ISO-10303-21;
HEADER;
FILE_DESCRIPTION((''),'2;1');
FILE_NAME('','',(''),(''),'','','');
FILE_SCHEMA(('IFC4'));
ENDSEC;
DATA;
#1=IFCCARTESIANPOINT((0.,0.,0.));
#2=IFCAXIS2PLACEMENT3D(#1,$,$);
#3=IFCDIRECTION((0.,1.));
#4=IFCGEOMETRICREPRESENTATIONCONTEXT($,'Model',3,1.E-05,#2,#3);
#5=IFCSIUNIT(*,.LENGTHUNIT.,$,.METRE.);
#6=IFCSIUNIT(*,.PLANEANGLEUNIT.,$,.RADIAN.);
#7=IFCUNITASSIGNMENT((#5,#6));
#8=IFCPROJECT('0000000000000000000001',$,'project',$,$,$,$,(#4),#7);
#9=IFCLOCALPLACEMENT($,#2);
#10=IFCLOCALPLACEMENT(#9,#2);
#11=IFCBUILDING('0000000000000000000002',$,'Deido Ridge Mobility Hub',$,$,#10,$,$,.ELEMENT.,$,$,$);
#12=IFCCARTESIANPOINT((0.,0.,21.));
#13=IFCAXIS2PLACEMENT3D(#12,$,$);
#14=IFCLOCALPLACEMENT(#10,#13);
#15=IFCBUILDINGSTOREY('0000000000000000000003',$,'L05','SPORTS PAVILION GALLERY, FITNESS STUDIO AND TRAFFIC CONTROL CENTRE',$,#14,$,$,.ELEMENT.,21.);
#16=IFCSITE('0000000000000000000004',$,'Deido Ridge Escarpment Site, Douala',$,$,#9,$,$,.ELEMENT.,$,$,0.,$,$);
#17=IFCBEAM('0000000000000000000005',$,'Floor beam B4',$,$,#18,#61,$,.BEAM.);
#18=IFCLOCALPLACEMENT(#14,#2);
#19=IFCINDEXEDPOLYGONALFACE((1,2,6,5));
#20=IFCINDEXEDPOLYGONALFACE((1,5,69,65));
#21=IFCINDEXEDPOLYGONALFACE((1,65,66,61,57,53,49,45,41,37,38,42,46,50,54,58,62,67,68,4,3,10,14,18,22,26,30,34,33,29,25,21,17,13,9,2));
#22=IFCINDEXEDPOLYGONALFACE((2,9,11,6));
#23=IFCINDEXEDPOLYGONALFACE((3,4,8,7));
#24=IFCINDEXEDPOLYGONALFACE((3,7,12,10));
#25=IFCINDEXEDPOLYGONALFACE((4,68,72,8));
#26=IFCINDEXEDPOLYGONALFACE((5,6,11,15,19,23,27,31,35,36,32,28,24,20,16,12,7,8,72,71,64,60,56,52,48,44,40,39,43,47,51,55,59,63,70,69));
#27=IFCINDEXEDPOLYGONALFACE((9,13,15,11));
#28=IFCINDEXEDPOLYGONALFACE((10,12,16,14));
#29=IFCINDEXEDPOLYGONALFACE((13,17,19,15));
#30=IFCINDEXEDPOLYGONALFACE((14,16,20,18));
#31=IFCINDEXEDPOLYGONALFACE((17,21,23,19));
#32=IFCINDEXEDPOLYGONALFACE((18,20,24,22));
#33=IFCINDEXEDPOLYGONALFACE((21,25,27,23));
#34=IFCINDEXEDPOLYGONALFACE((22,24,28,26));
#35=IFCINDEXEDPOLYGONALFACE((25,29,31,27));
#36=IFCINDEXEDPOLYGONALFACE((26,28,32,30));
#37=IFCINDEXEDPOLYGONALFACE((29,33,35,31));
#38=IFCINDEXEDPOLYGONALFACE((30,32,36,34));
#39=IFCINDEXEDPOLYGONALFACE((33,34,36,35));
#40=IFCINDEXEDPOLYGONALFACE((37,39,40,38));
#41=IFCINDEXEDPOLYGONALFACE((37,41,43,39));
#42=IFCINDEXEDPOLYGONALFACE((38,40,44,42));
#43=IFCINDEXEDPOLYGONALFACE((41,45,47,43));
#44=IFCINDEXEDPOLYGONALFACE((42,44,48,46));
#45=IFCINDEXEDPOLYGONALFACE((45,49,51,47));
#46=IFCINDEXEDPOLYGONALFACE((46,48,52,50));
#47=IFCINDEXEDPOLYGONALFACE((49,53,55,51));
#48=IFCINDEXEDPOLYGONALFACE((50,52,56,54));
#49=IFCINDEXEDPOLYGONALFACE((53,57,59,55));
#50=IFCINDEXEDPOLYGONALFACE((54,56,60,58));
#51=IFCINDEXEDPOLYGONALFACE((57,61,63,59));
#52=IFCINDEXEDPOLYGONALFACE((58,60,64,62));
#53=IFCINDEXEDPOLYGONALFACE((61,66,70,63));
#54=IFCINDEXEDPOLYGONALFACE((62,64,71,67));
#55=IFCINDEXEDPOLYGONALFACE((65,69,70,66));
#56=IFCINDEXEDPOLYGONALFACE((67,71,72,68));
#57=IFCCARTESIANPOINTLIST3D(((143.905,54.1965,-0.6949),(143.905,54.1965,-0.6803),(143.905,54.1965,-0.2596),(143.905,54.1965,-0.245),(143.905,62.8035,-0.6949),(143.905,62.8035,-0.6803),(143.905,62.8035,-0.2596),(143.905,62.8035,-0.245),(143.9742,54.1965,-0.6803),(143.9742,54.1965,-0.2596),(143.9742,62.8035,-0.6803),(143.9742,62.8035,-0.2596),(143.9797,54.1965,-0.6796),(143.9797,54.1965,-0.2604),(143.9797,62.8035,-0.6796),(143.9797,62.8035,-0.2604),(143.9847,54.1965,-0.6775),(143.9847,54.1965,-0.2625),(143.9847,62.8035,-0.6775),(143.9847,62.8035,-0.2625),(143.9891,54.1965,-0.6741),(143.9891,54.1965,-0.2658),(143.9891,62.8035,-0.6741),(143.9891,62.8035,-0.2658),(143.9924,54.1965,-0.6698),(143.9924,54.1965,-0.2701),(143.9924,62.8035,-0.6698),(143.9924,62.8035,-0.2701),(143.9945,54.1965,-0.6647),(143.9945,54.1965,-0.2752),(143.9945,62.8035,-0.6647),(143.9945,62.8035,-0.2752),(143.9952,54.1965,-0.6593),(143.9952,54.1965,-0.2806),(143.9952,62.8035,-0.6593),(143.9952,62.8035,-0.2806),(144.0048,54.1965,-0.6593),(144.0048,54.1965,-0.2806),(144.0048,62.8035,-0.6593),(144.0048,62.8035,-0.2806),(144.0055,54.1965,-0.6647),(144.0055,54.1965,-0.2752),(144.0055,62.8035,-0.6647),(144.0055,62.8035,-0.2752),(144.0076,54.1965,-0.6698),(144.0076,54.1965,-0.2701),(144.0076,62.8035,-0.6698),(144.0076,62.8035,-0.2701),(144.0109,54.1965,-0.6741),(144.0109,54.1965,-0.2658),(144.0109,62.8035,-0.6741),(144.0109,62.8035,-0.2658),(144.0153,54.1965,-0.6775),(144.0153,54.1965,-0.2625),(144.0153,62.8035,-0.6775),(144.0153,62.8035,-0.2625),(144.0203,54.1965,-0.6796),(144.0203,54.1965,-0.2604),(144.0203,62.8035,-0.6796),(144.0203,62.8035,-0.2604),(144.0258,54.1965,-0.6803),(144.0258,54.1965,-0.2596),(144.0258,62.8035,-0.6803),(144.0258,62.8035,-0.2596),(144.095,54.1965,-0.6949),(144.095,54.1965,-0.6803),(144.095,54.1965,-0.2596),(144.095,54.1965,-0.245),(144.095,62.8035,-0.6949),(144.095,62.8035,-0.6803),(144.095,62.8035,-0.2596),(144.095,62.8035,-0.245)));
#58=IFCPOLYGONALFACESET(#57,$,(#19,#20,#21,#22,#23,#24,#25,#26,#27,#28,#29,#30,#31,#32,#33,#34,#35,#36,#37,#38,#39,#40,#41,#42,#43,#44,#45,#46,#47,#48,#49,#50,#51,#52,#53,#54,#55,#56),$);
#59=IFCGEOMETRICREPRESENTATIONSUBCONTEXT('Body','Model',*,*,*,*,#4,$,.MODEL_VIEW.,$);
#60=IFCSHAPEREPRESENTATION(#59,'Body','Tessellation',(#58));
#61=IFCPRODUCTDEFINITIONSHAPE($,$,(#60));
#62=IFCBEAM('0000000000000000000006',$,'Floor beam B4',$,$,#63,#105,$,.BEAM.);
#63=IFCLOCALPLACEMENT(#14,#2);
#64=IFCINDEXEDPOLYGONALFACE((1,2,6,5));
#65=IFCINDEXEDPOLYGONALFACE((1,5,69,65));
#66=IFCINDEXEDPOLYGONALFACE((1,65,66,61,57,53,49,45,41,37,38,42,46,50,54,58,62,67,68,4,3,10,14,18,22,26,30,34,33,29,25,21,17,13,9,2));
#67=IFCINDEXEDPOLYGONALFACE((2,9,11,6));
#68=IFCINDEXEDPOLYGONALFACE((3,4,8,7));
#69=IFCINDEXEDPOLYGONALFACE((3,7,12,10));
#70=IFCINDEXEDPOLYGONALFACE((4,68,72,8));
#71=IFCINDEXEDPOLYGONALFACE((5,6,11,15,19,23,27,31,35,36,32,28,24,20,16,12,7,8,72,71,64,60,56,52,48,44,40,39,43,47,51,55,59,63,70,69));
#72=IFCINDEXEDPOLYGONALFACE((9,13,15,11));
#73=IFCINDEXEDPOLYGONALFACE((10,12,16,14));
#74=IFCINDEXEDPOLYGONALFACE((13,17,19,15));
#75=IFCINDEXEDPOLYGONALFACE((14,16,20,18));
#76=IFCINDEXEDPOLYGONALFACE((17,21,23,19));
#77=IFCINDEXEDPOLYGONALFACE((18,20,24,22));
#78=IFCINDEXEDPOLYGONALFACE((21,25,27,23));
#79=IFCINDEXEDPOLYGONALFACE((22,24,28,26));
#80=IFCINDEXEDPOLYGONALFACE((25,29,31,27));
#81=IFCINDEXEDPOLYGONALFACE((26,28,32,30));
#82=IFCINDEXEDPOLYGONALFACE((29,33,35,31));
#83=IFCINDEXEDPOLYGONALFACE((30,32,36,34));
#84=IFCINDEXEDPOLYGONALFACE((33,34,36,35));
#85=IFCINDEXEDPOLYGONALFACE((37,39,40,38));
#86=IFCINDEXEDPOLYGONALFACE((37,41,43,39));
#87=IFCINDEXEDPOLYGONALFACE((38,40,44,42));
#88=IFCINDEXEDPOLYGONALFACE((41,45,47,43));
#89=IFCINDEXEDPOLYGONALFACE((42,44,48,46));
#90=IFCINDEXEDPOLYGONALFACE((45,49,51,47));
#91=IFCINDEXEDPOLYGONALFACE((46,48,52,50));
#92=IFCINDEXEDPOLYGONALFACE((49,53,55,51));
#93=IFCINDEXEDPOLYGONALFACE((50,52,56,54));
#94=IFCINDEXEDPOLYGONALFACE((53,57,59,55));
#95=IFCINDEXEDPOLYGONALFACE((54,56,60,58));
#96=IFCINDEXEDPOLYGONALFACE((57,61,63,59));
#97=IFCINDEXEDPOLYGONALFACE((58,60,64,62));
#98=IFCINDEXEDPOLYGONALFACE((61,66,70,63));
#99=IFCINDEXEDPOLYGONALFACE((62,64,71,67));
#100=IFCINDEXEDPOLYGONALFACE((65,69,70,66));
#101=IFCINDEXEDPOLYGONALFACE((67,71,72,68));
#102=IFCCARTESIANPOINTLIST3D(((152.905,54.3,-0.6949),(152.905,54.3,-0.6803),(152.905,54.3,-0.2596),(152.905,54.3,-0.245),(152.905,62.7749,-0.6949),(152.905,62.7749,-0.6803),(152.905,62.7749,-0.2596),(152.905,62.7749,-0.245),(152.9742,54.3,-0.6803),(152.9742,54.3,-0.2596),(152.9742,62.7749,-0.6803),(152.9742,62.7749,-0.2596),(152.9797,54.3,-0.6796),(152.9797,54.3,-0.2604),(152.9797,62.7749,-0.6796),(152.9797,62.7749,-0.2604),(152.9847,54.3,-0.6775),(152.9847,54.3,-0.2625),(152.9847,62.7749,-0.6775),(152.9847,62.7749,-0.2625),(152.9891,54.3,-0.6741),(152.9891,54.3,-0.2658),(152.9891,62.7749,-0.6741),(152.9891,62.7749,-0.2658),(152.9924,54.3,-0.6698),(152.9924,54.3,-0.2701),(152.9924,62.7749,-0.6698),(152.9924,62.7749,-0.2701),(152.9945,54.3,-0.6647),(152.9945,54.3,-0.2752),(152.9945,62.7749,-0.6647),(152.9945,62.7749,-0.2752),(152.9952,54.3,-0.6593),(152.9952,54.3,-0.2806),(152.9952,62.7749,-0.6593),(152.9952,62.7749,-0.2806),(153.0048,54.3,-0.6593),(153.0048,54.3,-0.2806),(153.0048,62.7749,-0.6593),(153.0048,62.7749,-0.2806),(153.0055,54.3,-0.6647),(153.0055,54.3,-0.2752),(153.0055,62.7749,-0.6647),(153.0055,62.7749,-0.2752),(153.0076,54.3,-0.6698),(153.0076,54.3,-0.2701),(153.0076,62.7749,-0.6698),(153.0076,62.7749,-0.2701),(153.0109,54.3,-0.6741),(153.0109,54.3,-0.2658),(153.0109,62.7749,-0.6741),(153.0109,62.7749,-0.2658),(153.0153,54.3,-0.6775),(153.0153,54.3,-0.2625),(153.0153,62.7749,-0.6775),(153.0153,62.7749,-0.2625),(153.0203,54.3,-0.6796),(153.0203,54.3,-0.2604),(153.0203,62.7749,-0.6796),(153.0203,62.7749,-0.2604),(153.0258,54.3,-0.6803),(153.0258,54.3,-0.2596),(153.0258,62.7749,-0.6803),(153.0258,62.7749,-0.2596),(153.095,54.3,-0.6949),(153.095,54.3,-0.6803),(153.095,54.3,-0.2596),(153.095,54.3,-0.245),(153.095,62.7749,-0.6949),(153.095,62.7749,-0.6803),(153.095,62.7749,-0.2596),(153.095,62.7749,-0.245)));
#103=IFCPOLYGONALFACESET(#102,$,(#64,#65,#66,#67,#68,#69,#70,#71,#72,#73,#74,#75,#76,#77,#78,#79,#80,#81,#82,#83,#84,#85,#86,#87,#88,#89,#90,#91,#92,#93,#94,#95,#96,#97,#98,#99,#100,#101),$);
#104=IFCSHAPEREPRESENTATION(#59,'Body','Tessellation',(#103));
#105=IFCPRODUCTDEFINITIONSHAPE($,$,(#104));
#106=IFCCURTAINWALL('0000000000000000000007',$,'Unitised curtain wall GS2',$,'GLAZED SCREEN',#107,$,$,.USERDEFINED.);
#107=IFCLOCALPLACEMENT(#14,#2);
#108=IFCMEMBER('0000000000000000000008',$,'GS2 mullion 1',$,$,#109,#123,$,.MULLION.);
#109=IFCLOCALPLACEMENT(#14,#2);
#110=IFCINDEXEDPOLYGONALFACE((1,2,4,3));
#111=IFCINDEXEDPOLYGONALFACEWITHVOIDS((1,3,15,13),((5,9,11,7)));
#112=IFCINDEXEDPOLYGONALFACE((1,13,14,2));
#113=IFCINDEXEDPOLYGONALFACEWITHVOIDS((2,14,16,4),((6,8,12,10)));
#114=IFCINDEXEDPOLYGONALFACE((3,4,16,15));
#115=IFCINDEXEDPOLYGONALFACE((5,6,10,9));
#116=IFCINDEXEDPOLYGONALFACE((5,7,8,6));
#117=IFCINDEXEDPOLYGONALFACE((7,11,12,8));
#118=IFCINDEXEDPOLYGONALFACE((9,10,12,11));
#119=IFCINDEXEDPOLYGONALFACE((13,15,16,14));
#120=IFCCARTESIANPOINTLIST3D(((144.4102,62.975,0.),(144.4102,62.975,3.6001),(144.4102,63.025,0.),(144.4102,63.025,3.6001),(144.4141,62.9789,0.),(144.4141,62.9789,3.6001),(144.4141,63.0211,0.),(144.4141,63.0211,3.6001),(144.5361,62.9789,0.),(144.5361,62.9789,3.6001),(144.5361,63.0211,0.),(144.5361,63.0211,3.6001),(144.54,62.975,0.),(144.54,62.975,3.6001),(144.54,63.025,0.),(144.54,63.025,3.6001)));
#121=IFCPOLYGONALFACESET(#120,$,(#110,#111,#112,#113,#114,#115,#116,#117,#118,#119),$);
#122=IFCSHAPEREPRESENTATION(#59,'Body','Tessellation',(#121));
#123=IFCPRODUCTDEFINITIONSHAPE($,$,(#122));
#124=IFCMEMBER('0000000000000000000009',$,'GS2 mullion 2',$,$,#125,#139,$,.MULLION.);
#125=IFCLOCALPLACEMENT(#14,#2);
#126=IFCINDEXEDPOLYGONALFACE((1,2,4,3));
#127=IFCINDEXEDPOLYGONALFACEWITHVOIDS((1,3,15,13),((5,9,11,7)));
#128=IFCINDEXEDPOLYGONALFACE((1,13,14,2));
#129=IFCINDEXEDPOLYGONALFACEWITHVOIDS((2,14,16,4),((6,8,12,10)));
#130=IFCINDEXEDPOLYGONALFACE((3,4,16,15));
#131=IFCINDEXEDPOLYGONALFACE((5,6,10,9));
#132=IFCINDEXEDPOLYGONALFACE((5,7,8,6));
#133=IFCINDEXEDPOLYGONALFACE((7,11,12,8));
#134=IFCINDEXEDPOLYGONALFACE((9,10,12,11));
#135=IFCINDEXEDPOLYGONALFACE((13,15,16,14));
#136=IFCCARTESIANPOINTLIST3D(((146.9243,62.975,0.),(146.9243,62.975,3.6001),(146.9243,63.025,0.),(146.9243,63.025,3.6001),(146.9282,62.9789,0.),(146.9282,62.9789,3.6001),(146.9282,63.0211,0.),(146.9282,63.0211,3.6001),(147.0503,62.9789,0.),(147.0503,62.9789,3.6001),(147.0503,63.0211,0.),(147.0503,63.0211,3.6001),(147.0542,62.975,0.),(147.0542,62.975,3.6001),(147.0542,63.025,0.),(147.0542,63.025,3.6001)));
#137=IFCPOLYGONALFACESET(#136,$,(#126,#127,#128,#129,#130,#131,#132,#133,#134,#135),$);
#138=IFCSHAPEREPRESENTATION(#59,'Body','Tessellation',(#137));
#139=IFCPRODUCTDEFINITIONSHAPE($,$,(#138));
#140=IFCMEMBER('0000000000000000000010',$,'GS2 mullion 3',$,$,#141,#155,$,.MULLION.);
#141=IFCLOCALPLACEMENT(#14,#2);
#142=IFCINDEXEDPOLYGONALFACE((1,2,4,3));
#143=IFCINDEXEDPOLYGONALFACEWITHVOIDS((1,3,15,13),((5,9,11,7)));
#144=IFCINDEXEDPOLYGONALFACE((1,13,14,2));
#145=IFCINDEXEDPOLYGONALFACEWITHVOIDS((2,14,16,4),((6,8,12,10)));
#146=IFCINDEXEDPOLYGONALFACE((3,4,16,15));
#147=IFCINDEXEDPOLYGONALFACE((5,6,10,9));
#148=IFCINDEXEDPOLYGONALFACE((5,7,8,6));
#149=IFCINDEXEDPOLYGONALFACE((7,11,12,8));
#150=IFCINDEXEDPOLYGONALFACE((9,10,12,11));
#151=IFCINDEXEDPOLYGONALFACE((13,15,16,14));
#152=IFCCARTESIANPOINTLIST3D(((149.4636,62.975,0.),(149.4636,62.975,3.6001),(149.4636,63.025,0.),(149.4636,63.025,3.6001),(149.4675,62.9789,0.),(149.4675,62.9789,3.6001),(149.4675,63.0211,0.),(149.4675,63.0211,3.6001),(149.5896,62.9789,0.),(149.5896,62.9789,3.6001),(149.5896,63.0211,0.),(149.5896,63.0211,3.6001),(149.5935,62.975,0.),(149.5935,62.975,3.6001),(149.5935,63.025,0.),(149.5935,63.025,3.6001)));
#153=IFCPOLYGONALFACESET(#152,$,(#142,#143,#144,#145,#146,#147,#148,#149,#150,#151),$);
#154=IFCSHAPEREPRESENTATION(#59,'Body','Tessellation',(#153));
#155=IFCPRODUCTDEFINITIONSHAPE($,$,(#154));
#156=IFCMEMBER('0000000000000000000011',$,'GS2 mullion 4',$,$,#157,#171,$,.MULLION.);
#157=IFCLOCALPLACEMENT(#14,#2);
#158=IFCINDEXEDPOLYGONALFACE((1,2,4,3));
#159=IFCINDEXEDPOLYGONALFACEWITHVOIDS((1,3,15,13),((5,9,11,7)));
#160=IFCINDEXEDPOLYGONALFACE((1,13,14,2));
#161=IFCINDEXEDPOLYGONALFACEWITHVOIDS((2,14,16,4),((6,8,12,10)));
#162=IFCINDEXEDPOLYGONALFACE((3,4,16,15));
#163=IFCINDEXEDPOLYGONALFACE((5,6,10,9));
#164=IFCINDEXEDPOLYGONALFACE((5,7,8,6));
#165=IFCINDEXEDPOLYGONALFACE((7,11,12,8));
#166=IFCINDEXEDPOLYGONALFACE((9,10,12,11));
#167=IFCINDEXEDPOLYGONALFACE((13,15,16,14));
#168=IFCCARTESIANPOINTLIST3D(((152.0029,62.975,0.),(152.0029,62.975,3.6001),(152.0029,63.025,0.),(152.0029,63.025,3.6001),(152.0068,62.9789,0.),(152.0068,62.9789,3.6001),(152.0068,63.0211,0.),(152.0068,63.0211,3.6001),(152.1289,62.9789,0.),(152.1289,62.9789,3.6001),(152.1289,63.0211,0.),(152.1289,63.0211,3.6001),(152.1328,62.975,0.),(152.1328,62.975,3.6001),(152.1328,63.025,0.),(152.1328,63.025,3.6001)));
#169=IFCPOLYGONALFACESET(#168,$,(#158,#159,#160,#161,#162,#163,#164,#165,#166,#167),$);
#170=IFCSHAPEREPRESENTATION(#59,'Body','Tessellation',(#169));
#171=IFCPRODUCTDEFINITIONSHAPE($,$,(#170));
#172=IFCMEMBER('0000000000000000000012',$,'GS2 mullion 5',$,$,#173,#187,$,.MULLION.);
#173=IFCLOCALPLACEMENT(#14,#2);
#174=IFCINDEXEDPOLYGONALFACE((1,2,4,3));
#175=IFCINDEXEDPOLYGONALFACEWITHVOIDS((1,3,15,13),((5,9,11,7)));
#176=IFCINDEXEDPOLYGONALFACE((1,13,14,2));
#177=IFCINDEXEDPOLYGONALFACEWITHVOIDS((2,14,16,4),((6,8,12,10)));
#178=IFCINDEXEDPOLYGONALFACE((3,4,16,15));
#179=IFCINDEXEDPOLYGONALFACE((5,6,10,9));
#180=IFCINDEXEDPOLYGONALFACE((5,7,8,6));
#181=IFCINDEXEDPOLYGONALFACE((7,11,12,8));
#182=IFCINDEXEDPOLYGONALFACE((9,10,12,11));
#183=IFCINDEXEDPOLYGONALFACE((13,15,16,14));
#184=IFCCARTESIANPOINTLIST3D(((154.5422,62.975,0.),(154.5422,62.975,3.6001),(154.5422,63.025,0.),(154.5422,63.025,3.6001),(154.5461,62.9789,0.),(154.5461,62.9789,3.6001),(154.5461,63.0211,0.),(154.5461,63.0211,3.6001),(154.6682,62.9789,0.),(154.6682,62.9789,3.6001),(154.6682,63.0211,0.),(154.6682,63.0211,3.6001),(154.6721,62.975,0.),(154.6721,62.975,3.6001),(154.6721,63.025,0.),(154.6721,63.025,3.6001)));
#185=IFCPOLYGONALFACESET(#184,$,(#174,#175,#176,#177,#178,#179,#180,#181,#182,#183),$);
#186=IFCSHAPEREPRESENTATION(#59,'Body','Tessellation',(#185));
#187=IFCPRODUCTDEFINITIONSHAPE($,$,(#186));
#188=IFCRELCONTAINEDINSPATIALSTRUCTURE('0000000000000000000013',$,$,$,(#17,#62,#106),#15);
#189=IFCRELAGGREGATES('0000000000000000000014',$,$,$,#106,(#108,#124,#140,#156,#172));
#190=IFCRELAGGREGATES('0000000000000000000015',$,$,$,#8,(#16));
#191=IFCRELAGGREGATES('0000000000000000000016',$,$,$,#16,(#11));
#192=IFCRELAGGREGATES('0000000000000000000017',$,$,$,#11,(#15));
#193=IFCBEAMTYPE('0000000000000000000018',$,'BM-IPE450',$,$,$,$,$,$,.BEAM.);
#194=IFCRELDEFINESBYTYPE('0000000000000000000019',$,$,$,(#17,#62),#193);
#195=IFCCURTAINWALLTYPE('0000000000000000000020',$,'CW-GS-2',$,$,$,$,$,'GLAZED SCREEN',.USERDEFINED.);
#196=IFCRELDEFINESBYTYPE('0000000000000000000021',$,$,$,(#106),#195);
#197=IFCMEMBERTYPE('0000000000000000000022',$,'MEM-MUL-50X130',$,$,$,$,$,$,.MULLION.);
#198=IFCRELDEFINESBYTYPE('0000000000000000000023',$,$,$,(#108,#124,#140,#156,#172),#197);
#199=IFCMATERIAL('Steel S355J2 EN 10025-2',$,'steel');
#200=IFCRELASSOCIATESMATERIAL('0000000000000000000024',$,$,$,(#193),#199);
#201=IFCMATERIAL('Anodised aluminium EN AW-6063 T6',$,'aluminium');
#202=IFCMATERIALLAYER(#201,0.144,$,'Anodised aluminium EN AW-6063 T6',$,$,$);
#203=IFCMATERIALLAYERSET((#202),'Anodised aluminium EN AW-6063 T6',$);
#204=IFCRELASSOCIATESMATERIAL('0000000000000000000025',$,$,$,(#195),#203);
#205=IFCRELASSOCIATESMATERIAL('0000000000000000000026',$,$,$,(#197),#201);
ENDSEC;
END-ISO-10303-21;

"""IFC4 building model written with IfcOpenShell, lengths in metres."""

from ifc_helpers import new_model, si_unit, direction, frame, origin, origin_2d, place, context, subcontext, project, spatial, hollow_rectangle, i_section, extrude, material, layer, layer_set, material_profile, profile_set, type_object, element, aggregate, save


model = new_model("IFC4")

# Units and contexts
model_context = context("Model", 3, precision=1e-05, world=origin(), true_north=direction((0.0, 1.0)))
body_context = subcontext(model_context, "Body", "Model", "MODEL_VIEW")
ifc_project = project(units=[si_unit("LENGTHUNIT", "METRE"), si_unit("PLANEANGLEUNIT", "RADIAN")], contexts=[model_context])

# Site, building, storey
site_placement = place(None, origin())
site = spatial("IfcSite", under=ifc_project, at=site_placement, Name="Deido Ridge Escarpment Site, Douala", CompositionType="ELEMENT", RefElevation=0.0)
building_placement = place(site_placement, origin())
building = spatial("IfcBuilding", under=site, at=building_placement, Name="Deido Ridge Mobility Hub", CompositionType="ELEMENT")
storey_placement = place(building_placement, frame((0.0, 0.0, 21.0)))
storey = spatial("IfcBuildingStorey", under=building, at=storey_placement, Name="L05", Description="SPORTS PAVILION GALLERY, FITNESS STUDIO AND TRAFFIC CONTROL CENTRE", CompositionType="ELEMENT", Elevation=21.0)

# Beams
ifc_material_1 = material(Name="Steel S355J2 EN 10025-2", Category="steel")
ifc_material_profile_1 = material_profile(ifc_material_1, i_section(OverallWidth=0.1899, OverallDepth=0.45, WebThickness=0.0095, FlangeThickness=0.0146, FilletRadius=0.021, at=origin_2d()), Name="IPE 450")
ifc_profile_set_1 = profile_set([ifc_material_profile_1], Name="Steel S355J2 EN 10025-2")
beam_type_1 = type_object("IfcBeamType", Name="BM-IPE450", PredefinedType="BEAM", material=ifc_profile_set_1)
beam_1_placement = place(storey_placement, frame((144.0, 54.1965, -0.47), z_axis=(0.0, 1.0, 0.0), x_axis=(-1.0, 0.0, 0.0)))
element("IfcBeam", 1, at=beam_1_placement, inside=storey, type_object=beam_type_1, Name="Floor beam B4", PredefinedType="BEAM", context=body_context, shape_type="SweptSolid", body=[
    extrude(i_section(OverallWidth=0.1899, OverallDepth=0.45, WebThickness=0.0095, FlangeThickness=0.0146, FilletRadius=0.021, at=origin_2d()), origin(), (0.0, 0.0, 1.0), 8.6069),
])
beam_2_placement = place(storey_placement, frame((153.0, 54.3, -0.47), z_axis=(0.0, 1.0, 0.0), x_axis=(-1.0, 0.0, 0.0)))
element("IfcBeam", 2, at=beam_2_placement, inside=storey, type_object=beam_type_1, Name="Floor beam B4", PredefinedType="BEAM", context=body_context, shape_type="SweptSolid", body=[
    extrude(i_section(OverallWidth=0.1899, OverallDepth=0.45, WebThickness=0.0095, FlangeThickness=0.0146, FilletRadius=0.021, at=origin_2d()), origin(), (0.0, 0.0, 1.0), 8.4749),
])

# Curtain wall, members
ifc_material_2 = material(Name="Anodised aluminium EN AW-6063 T6", Category="aluminium")
ifc_layer_1 = layer(ifc_material_2, 0.144, Name="Anodised aluminium EN AW-6063 T6")
ifc_layer_set_1 = layer_set([ifc_layer_1], Name="Anodised aluminium EN AW-6063 T6")
curtain_wall_type = type_object("IfcCurtainWallType", Name="CW-GS-2", ElementType="GLAZED SCREEN", PredefinedType="USERDEFINED", material=ifc_layer_set_1)
curtain_wall_placement = place(storey_placement, origin())
curtain_wall = element("IfcCurtainWall", 3, at=curtain_wall_placement, inside=storey, type_object=curtain_wall_type, Name="Unitised curtain wall GS2", ObjectType="GLAZED SCREEN", PredefinedType="USERDEFINED")
ifc_material_profile_2 = material_profile(ifc_material_2, hollow_rectangle(XDim=0.05, YDim=0.1299, WallThickness=0.0039, at=origin_2d()), Name="RHS 50x130x4")
ifc_profile_set_2 = profile_set([ifc_material_profile_2], Name="Anodised aluminium EN AW-6063 T6")
member_type_1 = type_object("IfcMemberType", Name="MEM-MUL-50X130", PredefinedType="MULLION", material=ifc_profile_set_2)
member_1_placement = place(storey_placement, frame((144.4751, 63.0, 0.0), z_axis=(0.0, 0.0, 1.0), x_axis=(0.0, 1.0, 0.0)))
member_1 = element("IfcMember", 4, at=member_1_placement, type_object=member_type_1, Name="GS2 mullion 1", PredefinedType="MULLION", context=body_context, shape_type="SweptSolid", body=[
    extrude(hollow_rectangle(XDim=0.05, YDim=0.1299, WallThickness=0.0039, at=origin_2d()), origin(), (0.0, 0.0, 1.0), 3.6001),
])
member_2_placement = place(storey_placement, frame((146.9893, 63.0, 0.0), z_axis=(0.0, 0.0, 1.0), x_axis=(0.0, 1.0, 0.0)))
member_2 = element("IfcMember", 5, at=member_2_placement, type_object=member_type_1, Name="GS2 mullion 2", PredefinedType="MULLION", context=body_context, shape_type="SweptSolid", body=[
    extrude(hollow_rectangle(XDim=0.05, YDim=0.1299, WallThickness=0.0039, at=origin_2d()), origin(), (0.0, 0.0, 1.0), 3.6001),
])
member_3_placement = place(storey_placement, frame((149.5286, 63.0, 0.0), z_axis=(0.0, 0.0, 1.0), x_axis=(0.0, 1.0, 0.0)))
member_3 = element("IfcMember", 6, at=member_3_placement, type_object=member_type_1, Name="GS2 mullion 3", PredefinedType="MULLION", context=body_context, shape_type="SweptSolid", body=[
    extrude(hollow_rectangle(XDim=0.05, YDim=0.1299, WallThickness=0.0039, at=origin_2d()), origin(), (0.0, 0.0, 1.0), 3.6001),
])
member_4_placement = place(storey_placement, frame((152.0679, 63.0, 0.0), z_axis=(0.0, 0.0, 1.0), x_axis=(0.0, 1.0, 0.0)))
member_4 = element("IfcMember", 7, at=member_4_placement, type_object=member_type_1, Name="GS2 mullion 4", PredefinedType="MULLION", context=body_context, shape_type="SweptSolid", body=[
    extrude(hollow_rectangle(XDim=0.05, YDim=0.1299, WallThickness=0.0039, at=origin_2d()), origin(), (0.0, 0.0, 1.0), 3.6001),
])
member_5_placement = place(storey_placement, frame((154.6072, 63.0, 0.0), z_axis=(0.0, 0.0, 1.0), x_axis=(0.0, 1.0, 0.0)))
member_5 = element("IfcMember", 8, at=member_5_placement, type_object=member_type_1, Name="GS2 mullion 5", PredefinedType="MULLION", context=body_context, shape_type="SweptSolid", body=[
    extrude(hollow_rectangle(XDim=0.05, YDim=0.1299, WallThickness=0.0039, at=origin_2d()), origin(), (0.0, 0.0, 1.0), 3.6001),
])

aggregate(curtain_wall, [member_1, member_2, member_3, member_4, member_5])

save(model, "model.ifc")
